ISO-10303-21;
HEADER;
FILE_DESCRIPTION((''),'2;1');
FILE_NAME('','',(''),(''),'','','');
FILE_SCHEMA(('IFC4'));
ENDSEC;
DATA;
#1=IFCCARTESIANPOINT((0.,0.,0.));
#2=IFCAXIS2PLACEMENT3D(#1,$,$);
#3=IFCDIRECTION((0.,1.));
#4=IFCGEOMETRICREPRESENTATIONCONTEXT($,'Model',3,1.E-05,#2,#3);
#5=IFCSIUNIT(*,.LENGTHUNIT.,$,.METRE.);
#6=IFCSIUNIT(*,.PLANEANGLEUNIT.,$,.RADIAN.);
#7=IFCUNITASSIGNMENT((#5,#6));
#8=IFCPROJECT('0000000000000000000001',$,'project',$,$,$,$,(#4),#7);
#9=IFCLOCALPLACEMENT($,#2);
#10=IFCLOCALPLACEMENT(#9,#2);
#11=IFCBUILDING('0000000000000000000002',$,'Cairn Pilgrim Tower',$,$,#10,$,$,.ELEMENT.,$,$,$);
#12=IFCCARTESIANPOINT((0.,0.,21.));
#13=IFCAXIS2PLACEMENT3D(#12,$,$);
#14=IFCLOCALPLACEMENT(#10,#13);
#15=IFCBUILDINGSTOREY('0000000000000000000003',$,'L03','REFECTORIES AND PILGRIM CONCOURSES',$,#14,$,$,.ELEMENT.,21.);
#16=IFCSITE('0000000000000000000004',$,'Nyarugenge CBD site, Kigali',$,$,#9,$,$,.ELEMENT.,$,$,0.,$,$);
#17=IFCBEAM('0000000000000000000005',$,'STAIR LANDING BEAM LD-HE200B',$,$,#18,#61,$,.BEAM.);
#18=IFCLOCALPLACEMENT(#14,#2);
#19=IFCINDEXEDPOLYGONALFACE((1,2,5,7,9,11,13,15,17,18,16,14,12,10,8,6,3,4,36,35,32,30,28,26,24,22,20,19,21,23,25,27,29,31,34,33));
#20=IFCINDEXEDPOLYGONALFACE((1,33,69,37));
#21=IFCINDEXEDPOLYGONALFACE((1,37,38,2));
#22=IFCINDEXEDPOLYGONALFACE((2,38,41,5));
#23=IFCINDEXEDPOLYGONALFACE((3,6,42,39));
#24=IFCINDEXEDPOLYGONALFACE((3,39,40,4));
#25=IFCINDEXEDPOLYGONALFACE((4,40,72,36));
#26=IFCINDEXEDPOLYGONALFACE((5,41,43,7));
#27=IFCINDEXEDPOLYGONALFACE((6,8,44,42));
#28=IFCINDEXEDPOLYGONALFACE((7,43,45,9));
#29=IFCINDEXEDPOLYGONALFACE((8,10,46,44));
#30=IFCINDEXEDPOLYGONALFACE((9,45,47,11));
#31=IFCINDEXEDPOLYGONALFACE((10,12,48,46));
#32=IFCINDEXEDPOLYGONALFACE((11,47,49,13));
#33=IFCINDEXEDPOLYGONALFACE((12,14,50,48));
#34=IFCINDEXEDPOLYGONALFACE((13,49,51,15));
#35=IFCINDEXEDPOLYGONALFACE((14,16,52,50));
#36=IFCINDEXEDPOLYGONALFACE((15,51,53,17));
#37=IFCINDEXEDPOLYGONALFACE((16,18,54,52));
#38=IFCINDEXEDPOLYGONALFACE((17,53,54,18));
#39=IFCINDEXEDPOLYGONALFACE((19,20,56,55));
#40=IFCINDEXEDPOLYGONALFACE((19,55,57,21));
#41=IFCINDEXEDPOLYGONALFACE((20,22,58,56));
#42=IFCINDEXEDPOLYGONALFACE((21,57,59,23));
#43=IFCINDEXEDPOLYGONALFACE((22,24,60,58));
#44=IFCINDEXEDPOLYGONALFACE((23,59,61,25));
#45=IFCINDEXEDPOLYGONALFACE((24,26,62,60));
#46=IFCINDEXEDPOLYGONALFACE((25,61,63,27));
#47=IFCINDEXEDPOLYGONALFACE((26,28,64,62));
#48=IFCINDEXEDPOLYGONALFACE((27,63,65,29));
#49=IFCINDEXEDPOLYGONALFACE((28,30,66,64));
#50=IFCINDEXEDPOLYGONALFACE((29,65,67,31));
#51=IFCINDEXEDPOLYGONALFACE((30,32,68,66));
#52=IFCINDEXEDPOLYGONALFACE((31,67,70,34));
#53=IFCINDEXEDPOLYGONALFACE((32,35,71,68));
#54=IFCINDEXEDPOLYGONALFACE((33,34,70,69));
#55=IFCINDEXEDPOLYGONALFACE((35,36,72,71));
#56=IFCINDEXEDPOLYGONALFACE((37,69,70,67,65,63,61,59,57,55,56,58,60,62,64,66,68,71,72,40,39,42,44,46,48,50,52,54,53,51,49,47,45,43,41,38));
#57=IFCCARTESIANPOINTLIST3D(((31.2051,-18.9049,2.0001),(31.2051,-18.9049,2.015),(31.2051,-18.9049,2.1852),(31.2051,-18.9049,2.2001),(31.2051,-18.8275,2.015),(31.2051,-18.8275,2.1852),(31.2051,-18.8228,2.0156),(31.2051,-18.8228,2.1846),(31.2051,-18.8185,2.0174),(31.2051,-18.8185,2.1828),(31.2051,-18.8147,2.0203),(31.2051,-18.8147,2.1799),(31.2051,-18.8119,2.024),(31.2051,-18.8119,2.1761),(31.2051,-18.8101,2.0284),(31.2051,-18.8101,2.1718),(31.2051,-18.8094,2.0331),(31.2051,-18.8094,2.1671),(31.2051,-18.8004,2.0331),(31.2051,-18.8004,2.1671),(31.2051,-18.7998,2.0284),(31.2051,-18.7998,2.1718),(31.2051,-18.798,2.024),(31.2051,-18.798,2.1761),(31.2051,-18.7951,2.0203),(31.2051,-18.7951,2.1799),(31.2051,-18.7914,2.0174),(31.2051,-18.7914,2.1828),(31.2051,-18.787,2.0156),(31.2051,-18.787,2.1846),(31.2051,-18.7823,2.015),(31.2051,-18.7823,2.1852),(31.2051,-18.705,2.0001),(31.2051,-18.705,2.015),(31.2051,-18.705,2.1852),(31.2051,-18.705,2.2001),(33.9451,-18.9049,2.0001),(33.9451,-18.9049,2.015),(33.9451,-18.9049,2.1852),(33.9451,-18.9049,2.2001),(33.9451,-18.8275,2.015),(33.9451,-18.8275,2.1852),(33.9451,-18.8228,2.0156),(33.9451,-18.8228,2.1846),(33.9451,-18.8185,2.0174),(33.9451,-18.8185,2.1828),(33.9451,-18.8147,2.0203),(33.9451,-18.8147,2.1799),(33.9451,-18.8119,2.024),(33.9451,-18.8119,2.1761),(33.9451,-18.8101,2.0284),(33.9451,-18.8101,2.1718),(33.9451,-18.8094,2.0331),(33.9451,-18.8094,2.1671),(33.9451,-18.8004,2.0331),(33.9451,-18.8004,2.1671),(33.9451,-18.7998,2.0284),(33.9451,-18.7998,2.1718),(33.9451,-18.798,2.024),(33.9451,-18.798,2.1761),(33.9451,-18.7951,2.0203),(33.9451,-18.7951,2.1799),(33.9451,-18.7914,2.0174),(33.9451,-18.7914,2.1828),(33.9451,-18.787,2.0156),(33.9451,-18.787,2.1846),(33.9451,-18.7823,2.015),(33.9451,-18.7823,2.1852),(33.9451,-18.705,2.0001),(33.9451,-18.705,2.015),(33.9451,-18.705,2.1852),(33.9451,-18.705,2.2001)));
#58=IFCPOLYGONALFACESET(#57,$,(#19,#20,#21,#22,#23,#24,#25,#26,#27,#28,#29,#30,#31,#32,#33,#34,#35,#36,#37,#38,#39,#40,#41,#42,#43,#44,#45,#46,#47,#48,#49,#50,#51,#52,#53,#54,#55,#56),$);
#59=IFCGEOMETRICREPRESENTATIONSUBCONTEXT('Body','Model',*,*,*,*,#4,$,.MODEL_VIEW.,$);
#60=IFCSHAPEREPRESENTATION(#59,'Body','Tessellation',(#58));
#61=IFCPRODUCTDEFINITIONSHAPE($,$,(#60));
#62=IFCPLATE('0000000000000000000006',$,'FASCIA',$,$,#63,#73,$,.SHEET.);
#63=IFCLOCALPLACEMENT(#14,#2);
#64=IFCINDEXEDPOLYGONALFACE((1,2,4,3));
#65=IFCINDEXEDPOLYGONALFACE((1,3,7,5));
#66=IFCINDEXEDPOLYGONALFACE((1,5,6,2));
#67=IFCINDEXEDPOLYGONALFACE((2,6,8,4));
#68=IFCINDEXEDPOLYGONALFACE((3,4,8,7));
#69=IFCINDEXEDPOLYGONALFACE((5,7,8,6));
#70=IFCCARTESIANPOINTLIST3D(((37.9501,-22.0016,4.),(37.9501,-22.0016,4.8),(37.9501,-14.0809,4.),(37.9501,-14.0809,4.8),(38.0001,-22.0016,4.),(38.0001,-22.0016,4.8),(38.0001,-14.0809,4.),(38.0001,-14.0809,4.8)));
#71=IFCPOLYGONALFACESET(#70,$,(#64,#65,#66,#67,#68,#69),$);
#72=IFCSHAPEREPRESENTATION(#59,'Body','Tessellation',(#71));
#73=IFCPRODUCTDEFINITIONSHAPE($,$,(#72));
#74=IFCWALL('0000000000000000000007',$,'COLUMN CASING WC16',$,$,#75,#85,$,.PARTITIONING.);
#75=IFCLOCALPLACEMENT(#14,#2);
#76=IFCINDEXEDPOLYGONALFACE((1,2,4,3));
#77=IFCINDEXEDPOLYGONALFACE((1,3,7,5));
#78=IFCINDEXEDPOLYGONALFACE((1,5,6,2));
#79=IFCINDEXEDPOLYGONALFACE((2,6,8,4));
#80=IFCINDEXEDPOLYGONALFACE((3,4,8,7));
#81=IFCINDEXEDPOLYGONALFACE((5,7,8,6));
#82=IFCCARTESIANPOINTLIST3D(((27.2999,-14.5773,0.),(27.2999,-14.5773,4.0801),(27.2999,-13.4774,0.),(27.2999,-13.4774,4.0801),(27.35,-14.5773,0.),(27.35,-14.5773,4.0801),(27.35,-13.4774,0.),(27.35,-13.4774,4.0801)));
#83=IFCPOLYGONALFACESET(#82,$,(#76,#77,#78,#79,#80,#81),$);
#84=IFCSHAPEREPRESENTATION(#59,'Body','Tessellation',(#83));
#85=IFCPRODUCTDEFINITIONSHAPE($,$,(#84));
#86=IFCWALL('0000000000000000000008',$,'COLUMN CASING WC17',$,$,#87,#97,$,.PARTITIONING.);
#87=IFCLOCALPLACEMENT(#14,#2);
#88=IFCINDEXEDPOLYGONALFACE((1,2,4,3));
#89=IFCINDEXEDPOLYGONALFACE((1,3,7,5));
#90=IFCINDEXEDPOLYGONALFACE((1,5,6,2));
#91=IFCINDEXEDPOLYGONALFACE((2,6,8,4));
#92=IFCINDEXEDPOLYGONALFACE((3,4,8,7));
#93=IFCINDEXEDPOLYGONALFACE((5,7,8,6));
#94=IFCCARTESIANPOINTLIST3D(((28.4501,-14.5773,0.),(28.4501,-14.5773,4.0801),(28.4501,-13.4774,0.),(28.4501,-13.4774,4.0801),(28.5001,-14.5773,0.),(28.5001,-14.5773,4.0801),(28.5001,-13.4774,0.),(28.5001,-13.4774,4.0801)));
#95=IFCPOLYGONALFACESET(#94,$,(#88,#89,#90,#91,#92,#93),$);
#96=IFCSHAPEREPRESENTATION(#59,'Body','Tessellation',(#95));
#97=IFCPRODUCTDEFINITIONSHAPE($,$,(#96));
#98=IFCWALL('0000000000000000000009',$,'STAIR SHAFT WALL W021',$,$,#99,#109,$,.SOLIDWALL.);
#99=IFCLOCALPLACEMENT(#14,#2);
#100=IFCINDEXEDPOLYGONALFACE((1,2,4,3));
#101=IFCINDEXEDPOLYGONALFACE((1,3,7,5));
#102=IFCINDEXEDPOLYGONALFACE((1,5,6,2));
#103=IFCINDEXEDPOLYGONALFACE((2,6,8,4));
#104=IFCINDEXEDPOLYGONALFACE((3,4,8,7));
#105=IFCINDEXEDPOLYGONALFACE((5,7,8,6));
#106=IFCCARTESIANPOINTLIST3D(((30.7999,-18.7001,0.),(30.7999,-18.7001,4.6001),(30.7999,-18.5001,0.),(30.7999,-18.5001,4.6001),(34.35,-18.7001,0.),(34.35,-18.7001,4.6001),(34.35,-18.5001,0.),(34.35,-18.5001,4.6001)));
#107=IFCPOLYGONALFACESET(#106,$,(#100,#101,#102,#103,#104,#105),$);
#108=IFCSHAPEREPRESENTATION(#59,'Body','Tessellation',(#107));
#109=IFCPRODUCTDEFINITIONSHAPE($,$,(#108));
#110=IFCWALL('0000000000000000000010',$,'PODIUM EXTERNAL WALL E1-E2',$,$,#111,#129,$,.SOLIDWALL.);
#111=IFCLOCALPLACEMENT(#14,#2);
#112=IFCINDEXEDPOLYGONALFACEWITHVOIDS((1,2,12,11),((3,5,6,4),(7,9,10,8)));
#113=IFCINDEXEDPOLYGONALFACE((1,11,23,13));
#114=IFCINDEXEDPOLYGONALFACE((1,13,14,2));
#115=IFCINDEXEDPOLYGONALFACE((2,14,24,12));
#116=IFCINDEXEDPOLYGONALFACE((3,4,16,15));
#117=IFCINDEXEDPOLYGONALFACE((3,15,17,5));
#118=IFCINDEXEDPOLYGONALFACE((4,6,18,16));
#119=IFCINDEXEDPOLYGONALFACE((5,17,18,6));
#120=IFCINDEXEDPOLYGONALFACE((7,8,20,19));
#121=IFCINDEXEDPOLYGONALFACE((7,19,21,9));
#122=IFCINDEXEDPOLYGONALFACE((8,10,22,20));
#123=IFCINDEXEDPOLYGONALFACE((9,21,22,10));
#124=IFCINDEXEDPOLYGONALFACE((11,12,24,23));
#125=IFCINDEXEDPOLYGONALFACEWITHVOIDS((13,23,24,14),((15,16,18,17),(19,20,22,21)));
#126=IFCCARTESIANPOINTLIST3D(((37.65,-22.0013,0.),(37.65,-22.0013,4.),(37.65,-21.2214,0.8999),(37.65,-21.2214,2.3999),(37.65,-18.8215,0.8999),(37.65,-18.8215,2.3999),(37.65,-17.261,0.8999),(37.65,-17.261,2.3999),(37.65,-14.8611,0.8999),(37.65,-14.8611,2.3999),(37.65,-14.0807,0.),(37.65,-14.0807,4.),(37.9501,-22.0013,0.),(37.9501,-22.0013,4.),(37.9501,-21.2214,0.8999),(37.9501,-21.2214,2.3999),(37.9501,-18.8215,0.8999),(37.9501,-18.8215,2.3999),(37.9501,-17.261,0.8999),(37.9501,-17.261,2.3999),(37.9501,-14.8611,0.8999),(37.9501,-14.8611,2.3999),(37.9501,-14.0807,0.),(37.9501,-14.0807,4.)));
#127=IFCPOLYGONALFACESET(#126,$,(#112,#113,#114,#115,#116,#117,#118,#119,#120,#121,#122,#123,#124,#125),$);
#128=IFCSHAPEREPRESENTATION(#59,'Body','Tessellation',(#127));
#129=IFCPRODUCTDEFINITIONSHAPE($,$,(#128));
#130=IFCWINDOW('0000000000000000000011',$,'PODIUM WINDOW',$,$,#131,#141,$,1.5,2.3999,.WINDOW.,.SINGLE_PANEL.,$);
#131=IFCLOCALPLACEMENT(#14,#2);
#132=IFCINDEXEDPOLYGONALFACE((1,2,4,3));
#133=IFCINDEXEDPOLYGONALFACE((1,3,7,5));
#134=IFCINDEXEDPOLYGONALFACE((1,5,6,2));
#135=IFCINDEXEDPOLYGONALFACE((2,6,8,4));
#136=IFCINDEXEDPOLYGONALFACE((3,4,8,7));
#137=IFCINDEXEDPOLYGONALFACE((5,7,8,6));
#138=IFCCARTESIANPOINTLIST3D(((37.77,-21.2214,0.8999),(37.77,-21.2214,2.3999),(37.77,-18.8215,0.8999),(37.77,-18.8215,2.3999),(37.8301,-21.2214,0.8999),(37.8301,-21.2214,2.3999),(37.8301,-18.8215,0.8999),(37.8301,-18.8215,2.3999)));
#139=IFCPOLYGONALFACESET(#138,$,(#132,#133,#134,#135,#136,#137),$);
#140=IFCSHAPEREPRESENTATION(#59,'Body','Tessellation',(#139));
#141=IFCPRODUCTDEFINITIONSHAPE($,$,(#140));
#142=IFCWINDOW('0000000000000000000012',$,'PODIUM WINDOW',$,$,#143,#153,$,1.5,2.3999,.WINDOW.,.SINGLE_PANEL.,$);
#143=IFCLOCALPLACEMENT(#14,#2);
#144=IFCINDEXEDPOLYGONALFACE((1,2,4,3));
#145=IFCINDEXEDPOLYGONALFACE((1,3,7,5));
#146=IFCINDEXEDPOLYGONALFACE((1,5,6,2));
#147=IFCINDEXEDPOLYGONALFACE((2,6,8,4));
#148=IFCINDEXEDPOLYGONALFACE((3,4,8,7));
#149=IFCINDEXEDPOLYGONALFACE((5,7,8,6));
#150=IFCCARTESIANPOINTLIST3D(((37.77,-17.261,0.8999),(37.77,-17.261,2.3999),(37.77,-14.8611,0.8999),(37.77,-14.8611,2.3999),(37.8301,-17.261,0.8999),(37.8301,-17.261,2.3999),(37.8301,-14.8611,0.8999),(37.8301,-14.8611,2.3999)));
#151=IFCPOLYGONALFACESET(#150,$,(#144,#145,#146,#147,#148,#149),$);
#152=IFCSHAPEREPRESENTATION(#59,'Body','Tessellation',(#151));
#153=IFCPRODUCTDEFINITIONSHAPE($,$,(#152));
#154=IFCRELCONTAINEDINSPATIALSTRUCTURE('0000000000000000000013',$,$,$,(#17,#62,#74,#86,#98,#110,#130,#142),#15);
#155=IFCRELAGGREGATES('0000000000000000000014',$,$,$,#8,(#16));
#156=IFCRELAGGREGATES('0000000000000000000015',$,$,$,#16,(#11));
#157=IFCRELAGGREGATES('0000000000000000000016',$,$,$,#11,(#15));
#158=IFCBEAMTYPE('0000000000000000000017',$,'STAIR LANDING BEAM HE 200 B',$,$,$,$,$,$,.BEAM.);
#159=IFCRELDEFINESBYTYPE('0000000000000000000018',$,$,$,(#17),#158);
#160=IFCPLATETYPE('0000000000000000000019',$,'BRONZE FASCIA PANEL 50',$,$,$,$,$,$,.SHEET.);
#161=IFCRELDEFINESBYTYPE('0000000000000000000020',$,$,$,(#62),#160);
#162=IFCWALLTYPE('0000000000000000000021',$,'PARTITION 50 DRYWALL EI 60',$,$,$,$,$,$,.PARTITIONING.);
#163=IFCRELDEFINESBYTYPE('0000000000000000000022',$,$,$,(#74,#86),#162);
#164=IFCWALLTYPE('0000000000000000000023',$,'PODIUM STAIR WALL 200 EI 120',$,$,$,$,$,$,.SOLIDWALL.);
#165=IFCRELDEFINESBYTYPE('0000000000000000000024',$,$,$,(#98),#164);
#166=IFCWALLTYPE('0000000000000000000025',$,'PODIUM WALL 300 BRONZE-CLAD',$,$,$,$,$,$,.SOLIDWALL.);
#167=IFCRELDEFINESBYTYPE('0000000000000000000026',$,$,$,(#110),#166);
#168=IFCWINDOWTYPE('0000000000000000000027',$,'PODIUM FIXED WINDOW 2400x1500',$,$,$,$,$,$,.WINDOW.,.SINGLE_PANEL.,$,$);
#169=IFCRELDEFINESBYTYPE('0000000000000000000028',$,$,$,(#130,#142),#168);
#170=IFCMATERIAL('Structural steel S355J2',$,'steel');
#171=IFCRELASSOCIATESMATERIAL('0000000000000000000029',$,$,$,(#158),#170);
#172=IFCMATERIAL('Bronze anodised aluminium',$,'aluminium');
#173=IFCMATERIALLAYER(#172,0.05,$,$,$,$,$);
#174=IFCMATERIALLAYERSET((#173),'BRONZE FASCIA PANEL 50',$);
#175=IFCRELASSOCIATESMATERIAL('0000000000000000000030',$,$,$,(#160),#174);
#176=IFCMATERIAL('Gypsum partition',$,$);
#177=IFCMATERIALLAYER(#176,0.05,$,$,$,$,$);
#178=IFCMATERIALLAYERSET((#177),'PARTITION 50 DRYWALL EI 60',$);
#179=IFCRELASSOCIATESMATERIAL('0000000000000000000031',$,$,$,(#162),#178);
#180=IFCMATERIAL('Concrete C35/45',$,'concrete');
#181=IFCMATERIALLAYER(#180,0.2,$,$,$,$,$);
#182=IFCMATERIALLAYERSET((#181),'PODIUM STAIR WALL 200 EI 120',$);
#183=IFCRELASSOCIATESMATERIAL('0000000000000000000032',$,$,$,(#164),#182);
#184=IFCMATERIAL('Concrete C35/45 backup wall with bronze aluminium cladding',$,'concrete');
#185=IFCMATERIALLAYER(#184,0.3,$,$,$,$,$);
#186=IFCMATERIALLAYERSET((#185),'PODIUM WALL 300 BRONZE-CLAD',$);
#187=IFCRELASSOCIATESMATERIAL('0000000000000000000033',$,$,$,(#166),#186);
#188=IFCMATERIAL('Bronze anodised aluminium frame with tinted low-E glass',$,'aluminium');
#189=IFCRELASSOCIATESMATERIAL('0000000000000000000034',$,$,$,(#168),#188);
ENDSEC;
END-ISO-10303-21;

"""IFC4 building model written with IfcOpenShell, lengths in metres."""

from ifc_helpers import new_model, si_unit, direction, frame, frame_2d, origin, origin_2d, place, context, subcontext, project, spatial, rectangle, i_section, extrude, material, layer, layer_set, material_profile, profile_set, type_object, element, fill, save


model = new_model("IFC4")

# Units and contexts
model_context = context("Model", 3, precision=1e-05, world=origin(), true_north=direction((0.0, 1.0)))
body_context = subcontext(model_context, "Body", "Model", "MODEL_VIEW")
ifc_project = project(units=[si_unit("LENGTHUNIT", "METRE"), si_unit("PLANEANGLEUNIT", "RADIAN")], contexts=[model_context])

# Site, building, storey
site_placement = place(None, origin())
site = spatial("IfcSite", under=ifc_project, at=site_placement, Name="Nyarugenge CBD site, Kigali", CompositionType="ELEMENT", RefElevation=0.0)
building_placement = place(site_placement, origin())
building = spatial("IfcBuilding", under=site, at=building_placement, Name="Cairn Pilgrim Tower", CompositionType="ELEMENT")
storey_placement = place(building_placement, frame((0.0, 0.0, 21.0)))
storey = spatial("IfcBuildingStorey", under=building, at=storey_placement, Name="L03", Description="REFECTORIES AND PILGRIM CONCOURSES", CompositionType="ELEMENT", Elevation=21.0)

# Shared definitions
ifc_material_1 = material(Name="Structural steel S355J2", Category="steel")

# Beam
ifc_material_profile_1 = material_profile(ifc_material_1, i_section(OverallWidth=0.2, OverallDepth=0.2, WebThickness=0.009, FlangeThickness=0.0149, FilletRadius=0.0181, at=origin_2d()), Name="HE 200 B")
ifc_profile_set_1 = profile_set([ifc_material_profile_1], Name="Structural steel S355J2")
beam_type_1 = type_object("IfcBeamType", Name="STAIR LANDING BEAM HE 200 B", PredefinedType="BEAM", material=ifc_profile_set_1)
beam_1_placement = place(storey_placement, frame((31.2051, -18.8049, 2.1001), z_axis=(1.0, 0.0, 0.0), x_axis=(0.0, 1.0, 0.0)))
element("IfcBeam", 1, at=beam_1_placement, inside=storey, type_object=beam_type_1, Name="STAIR LANDING BEAM LD-HE200B", PredefinedType="BEAM", context=body_context, shape_type="SweptSolid", body=[
    extrude(i_section(OverallWidth=0.2, OverallDepth=0.2, WebThickness=0.009, FlangeThickness=0.0149, FilletRadius=0.0181, at=origin_2d()), origin(), (0.0, 0.0, 1.0), 2.74),
])

# Plate
ifc_material_2 = material(Name="Bronze anodised aluminium", Category="aluminium")
ifc_layer_1 = layer(ifc_material_2, 0.05)
ifc_layer_set_1 = layer_set([ifc_layer_1], Name="BRONZE FASCIA PANEL 50")
plate_type = type_object("IfcPlateType", Name="BRONZE FASCIA PANEL 50", PredefinedType="SHEET", material=ifc_layer_set_1)
plate_placement = place(storey_placement, frame((37.9751, -18.0413, 4.0), z_axis=(0.0, 0.0, 1.0), x_axis=(0.0, 1.0, 0.0)))
element("IfcPlate", 2, at=plate_placement, inside=storey, type_object=plate_type, Name="FASCIA", PredefinedType="SHEET", context=body_context, shape_type="SweptSolid", body=[
    extrude(rectangle(XDim=7.9207, YDim=0.05, at=origin_2d()), origin(), (0.0, 0.0, 1.0), 0.8),
])

# Walls
ifc_material_3 = material(Name="Gypsum partition")
ifc_layer_2 = layer(ifc_material_3, 0.05)
ifc_layer_set_2 = layer_set([ifc_layer_2], Name="PARTITION 50 DRYWALL EI 60")
wall_type_1 = type_object("IfcWallType", Name="PARTITION 50 DRYWALL EI 60", PredefinedType="PARTITIONING", material=ifc_layer_set_2)
for number, where, z_axis, x_axis, name in (
    (3, (27.325, -14.5771, 0.0), (0.0, 0.0, 1.0), (0.0, 1.0, 0.0), "COLUMN CASING WC16"),
    (4, (28.4751, -14.5771, 0.0), (0.0, 0.0, 1.0), (0.0, 1.0, 0.0), "COLUMN CASING WC17"),
):
    element("IfcWall", number, at=place(storey_placement, frame(where, z_axis=z_axis, x_axis=x_axis)), inside=storey, type_object=wall_type_1, Name=name, PredefinedType="PARTITIONING", context=body_context, shape_type="SweptSolid", body=[
        extrude(rectangle(XDim=1.0999, YDim=0.05, at=frame_2d((0.5498, 0.0))), origin(), (0.0, 0.0, 1.0), 4.0801),
    ])
ifc_material_4 = material(Name="Concrete C35/45", Category="concrete")
ifc_layer_3 = layer(ifc_material_4, 0.2)
ifc_layer_set_3 = layer_set([ifc_layer_3], Name="PODIUM STAIR WALL 200 EI 120")
wall_type_2 = type_object("IfcWallType", Name="PODIUM STAIR WALL 200 EI 120", PredefinedType="SOLIDWALL", material=ifc_layer_set_3)
wall_1_placement = place(storey_placement, frame((30.8, -18.6001, 0.0), z_axis=(0.0, 0.0, 1.0), x_axis=(1.0, 0.0, 0.0)))
element("IfcWall", 5, at=wall_1_placement, inside=storey, type_object=wall_type_2, Name="STAIR SHAFT WALL W021", PredefinedType="SOLIDWALL", context=body_context, shape_type="SweptSolid", body=[
    extrude(rectangle(XDim=3.55, YDim=0.2, at=frame_2d((1.7749, 0.0))), origin(), (0.0, 0.0, 1.0), 4.6001),
])

# Wall, openings, windows
ifc_material_5 = material(Name="Concrete C35/45 backup wall with bronze aluminium cladding", Category="concrete")
ifc_layer_4 = layer(ifc_material_5, 0.3)
ifc_layer_set_4 = layer_set([ifc_layer_4], Name="PODIUM WALL 300 BRONZE-CLAD")
wall_type_3 = type_object("IfcWallType", Name="PODIUM WALL 300 BRONZE-CLAD", PredefinedType="SOLIDWALL", material=ifc_layer_set_4)
wall_2_placement = place(storey_placement, frame((37.8, -22.0015, 0.0), z_axis=(0.0, 0.0, 1.0), x_axis=(0.0, 1.0, 0.0)))
wall_2 = element("IfcWall", 6, at=wall_2_placement, inside=storey, type_object=wall_type_3, Name="PODIUM EXTERNAL WALL E1-E2", PredefinedType="SOLIDWALL", context=body_context, shape_type="SweptSolid", body=[
    extrude(rectangle(XDim=7.9207, YDim=0.3, at=frame_2d((3.9604, 0.0))), origin(), (0.0, 0.0, 1.0), 4.0),
])
opening_1_placement = place(wall_2_placement, frame((0.78, 0.0, 0.8999)))
opening_1 = element("IfcOpeningElement", 7, at=opening_1_placement, cuts=wall_2, PredefinedType="OPENING", context=body_context, shape_type="SweptSolid", body=[
    extrude(rectangle(XDim=2.3999, YDim=1.5, at=frame_2d((1.2, 0.75))), frame((0.0, 0.1602, 0.0), z_axis=(0.0, -1.0, 0.0), x_axis=(1.0, 0.0, 0.0)), (0.0, 0.0, 1.0), 0.3201),
])
opening_2_placement = place(wall_2_placement, frame((4.7405, 0.0, 0.8999)))
opening_2 = element("IfcOpeningElement", 8, at=opening_2_placement, cuts=wall_2, PredefinedType="OPENING", context=body_context, shape_type="SweptSolid", body=[
    extrude(rectangle(XDim=2.3999, YDim=1.5, at=frame_2d((1.2, 0.75))), frame((0.0, 0.1602, 0.0), z_axis=(0.0, -1.0, 0.0), x_axis=(1.0, 0.0, 0.0)), (0.0, 0.0, 1.0), 0.3201),
])
ifc_material_6 = material(Name="Bronze anodised aluminium frame with tinted low-E glass", Category="aluminium")
window_type = type_object("IfcWindowType", Name="PODIUM FIXED WINDOW 2400x1500", PartitioningType="SINGLE_PANEL", PredefinedType="WINDOW", material=ifc_material_6)
window_1_placement = place(opening_1_placement, origin())
window_1 = element("IfcWindow", 9, at=window_1_placement, inside=storey, type_object=window_type, Name="PODIUM WINDOW", OverallHeight=1.5, OverallWidth=2.3999, PartitioningType="SINGLE_PANEL", PredefinedType="WINDOW", context=body_context, shape_type="SweptSolid", body=[
    extrude(rectangle(XDim=2.3999, YDim=1.5, at=frame_2d((1.2, 0.75))), frame((0.0, 0.03, 0.0), z_axis=(0.0, -1.0, 0.0), x_axis=(1.0, 0.0, 0.0)), (0.0, 0.0, 1.0), 0.0601),
])
fill(opening_1, window_1)
window_2_placement = place(opening_2_placement, origin())
window_2 = element("IfcWindow", 10, at=window_2_placement, inside=storey, type_object=window_type, Name="PODIUM WINDOW", OverallHeight=1.5, OverallWidth=2.3999, PartitioningType="SINGLE_PANEL", PredefinedType="WINDOW", context=body_context, shape_type="SweptSolid", body=[
    extrude(rectangle(XDim=2.3999, YDim=1.5, at=frame_2d((1.2, 0.75))), frame((0.0, 0.03, 0.0), z_axis=(0.0, -1.0, 0.0), x_axis=(1.0, 0.0, 0.0)), (0.0, 0.0, 1.0), 0.0601),
])
fill(opening_2, window_2)

save(model, "model.ifc")
